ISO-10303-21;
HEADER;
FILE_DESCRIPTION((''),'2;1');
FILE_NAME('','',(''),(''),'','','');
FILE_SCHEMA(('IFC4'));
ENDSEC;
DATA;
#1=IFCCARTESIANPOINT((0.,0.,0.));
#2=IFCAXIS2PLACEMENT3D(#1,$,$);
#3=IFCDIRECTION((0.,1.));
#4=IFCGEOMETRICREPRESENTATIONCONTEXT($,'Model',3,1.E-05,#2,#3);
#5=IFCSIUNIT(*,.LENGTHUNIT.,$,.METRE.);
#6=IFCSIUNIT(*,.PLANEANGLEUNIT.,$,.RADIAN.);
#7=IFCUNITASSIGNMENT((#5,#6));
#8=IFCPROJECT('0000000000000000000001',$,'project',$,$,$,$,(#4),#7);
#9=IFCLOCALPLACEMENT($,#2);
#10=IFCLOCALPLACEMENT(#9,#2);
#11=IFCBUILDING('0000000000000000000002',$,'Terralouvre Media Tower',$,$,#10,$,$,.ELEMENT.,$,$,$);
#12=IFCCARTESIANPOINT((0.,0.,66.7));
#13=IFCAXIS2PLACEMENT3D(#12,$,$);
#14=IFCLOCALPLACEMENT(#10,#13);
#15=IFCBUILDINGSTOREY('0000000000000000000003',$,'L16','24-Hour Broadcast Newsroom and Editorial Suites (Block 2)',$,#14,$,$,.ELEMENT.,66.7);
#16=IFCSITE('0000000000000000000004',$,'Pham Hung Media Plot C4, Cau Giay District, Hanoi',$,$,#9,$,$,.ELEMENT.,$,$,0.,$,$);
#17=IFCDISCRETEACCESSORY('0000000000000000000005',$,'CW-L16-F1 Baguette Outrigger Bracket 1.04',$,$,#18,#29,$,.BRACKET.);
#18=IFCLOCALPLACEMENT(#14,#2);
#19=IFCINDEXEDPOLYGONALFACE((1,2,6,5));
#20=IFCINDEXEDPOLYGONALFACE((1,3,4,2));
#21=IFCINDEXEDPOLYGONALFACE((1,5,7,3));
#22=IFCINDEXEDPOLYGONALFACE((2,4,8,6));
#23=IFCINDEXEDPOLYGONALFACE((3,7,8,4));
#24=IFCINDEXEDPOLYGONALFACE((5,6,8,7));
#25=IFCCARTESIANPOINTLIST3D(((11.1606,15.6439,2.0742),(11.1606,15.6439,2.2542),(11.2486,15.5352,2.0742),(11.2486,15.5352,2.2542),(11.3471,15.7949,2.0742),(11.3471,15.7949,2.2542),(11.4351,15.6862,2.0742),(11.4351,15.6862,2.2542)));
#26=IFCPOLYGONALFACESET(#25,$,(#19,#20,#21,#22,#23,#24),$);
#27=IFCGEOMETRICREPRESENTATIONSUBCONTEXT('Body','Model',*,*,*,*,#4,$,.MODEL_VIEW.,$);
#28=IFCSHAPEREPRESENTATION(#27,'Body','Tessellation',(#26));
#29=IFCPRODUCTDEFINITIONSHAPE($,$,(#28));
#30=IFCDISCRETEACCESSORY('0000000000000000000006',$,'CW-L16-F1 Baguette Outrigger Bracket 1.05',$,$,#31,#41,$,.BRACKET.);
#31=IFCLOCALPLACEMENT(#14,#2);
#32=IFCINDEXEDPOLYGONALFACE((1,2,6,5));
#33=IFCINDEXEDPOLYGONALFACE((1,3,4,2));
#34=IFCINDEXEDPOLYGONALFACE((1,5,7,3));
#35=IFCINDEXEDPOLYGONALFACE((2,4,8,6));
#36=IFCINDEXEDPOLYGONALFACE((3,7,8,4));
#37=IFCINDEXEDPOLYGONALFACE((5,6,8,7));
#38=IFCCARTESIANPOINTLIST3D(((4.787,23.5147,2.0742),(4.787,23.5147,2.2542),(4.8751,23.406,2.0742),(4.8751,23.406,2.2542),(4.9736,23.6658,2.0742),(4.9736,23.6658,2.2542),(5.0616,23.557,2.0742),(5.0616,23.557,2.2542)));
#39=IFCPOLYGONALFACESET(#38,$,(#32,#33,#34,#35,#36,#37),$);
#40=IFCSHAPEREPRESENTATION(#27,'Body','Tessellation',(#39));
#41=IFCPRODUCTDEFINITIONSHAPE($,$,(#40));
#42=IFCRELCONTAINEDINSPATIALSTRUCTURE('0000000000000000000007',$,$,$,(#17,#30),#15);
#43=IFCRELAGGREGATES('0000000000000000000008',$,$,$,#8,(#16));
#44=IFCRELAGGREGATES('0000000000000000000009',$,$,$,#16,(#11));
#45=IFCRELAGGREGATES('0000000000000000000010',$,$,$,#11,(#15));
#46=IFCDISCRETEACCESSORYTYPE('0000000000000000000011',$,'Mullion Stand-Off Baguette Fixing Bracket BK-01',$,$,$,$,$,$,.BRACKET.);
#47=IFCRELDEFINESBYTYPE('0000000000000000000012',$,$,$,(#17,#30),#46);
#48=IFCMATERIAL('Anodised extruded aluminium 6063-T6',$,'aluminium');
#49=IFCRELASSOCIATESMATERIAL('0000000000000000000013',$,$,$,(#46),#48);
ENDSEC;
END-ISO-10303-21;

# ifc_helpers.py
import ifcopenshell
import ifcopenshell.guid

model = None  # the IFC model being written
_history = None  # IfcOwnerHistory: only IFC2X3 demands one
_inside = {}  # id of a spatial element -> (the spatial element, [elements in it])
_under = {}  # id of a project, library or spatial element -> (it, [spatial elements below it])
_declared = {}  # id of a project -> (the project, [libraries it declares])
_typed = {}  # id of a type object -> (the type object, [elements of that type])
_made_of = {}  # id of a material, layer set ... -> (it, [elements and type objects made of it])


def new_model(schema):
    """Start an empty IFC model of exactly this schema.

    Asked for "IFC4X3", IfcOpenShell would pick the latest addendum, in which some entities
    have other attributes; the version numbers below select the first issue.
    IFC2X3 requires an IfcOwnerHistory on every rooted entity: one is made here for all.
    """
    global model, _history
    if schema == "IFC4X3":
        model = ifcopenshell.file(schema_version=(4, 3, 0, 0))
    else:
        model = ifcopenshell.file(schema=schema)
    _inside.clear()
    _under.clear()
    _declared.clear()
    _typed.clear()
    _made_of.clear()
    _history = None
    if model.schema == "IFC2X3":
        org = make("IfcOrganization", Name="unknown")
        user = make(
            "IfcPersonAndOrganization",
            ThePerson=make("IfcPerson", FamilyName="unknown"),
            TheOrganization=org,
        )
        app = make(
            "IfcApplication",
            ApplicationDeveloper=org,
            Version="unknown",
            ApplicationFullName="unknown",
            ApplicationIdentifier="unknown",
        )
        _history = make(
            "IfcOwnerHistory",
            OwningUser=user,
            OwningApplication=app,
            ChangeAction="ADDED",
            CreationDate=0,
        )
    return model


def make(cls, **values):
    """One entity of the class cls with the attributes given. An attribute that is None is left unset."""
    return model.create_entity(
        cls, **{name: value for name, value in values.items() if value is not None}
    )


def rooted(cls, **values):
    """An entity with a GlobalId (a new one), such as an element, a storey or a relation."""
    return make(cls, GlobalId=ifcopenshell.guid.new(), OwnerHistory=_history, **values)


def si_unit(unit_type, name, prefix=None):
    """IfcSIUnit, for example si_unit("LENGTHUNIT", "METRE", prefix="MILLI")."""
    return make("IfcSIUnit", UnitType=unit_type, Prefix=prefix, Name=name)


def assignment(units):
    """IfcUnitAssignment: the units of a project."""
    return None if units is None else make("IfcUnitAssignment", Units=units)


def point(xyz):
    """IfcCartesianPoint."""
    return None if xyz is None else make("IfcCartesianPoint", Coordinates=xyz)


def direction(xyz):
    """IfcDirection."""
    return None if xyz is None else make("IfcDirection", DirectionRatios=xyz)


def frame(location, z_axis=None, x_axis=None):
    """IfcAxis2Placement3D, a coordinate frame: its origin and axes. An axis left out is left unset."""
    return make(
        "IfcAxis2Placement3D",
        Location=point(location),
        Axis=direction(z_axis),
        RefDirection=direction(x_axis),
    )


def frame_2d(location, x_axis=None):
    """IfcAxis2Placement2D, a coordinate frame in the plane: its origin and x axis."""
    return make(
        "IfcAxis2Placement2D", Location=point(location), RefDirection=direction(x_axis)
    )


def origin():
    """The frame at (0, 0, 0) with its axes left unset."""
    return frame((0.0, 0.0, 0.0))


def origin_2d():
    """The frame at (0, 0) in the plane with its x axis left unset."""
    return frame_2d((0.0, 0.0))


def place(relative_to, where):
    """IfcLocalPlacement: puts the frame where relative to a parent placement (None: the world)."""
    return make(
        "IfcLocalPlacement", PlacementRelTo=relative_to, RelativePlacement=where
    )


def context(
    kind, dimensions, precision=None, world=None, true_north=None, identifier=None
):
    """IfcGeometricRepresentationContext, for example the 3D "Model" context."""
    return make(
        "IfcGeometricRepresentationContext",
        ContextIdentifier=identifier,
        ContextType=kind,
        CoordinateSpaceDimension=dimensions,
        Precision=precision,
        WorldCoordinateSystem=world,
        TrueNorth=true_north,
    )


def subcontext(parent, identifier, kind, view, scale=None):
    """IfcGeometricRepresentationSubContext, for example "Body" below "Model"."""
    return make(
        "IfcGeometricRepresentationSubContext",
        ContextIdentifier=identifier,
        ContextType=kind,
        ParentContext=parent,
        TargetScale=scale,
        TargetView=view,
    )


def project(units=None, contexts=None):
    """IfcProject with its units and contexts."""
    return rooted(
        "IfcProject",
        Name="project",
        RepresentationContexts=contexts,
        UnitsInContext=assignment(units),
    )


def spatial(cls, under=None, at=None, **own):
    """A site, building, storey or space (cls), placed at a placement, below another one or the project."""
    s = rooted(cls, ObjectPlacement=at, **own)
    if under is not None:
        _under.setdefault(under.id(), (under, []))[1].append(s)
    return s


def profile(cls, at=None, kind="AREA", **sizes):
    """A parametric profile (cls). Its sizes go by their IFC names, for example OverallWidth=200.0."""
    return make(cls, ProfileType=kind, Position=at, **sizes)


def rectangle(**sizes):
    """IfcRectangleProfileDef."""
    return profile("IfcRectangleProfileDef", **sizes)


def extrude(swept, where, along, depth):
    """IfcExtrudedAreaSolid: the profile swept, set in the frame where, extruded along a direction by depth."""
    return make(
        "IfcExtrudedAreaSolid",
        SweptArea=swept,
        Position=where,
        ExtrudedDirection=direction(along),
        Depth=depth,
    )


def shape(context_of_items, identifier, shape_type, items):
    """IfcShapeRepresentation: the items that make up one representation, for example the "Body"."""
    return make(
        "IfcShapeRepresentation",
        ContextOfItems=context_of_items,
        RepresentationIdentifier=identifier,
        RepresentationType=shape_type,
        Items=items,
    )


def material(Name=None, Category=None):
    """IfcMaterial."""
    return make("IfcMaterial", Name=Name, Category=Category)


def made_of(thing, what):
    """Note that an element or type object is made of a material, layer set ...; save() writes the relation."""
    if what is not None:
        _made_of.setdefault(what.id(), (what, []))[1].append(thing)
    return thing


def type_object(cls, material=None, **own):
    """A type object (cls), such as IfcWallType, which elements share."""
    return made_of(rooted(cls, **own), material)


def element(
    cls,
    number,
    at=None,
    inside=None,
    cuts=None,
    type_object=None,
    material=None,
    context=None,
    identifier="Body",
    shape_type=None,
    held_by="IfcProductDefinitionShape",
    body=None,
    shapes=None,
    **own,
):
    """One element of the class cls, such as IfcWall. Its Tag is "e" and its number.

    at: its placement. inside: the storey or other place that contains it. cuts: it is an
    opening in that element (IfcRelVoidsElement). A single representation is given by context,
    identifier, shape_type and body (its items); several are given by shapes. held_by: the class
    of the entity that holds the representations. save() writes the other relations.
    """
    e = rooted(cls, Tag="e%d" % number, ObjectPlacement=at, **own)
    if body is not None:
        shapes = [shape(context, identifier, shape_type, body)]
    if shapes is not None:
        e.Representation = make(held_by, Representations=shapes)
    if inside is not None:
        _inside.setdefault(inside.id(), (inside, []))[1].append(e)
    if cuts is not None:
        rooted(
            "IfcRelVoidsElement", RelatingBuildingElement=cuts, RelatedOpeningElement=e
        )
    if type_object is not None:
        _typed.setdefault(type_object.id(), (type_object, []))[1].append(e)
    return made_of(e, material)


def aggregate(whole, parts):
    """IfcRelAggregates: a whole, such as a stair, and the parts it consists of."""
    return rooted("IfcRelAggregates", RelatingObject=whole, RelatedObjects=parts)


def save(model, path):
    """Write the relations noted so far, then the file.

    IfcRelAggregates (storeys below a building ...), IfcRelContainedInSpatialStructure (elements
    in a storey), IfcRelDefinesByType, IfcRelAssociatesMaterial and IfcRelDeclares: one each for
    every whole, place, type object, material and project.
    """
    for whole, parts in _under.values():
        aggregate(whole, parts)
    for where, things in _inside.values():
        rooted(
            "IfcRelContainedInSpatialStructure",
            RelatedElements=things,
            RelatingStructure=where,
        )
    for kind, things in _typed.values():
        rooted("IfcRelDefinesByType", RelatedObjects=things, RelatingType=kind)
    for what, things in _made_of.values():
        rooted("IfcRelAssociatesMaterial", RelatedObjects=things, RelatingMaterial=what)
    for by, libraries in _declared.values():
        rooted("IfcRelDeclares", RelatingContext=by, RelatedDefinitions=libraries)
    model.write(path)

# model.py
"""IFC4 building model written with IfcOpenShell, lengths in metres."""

from ifc_helpers import new_model, si_unit, direction, frame, origin, origin_2d, place, context, subcontext, project, spatial, rectangle, extrude, material, type_object, element, save


model = new_model("IFC4")

# Units and contexts
model_context = context("Model", 3, precision=1e-05, world=origin(), true_north=direction((0.0, 1.0)))
body_context = subcontext(model_context, "Body", "Model", "MODEL_VIEW")
ifc_project = project(units=[si_unit("LENGTHUNIT", "METRE"), si_unit("PLANEANGLEUNIT", "RADIAN")], contexts=[model_context])

# Site, building, storey
site_placement = place(None, origin())
site = spatial("IfcSite", under=ifc_project, at=site_placement, Name="Pham Hung Media Plot C4, Cau Giay District, Hanoi", CompositionType="ELEMENT", RefElevation=0.0)
building_placement = place(site_placement, origin())
building = spatial("IfcBuilding", under=site, at=building_placement, Name="Terralouvre Media Tower", CompositionType="ELEMENT")
storey_placement = place(building_placement, frame((0.0, 0.0, 66.7)))
storey = spatial("IfcBuildingStorey", under=building, at=storey_placement, Name="L16", Description="24-Hour Broadcast Newsroom and Editorial Suites (Block 2)", CompositionType="ELEMENT", Elevation=66.7)

# Discrete accessories
ifc_material_1 = material(Name="Anodised extruded aluminium 6063-T6", Category="aluminium")
discrete_accessory_type = type_object("IfcDiscreteAccessoryType", Name="Mullion Stand-Off Baguette Fixing Bracket BK-01", PredefinedType="BRACKET", material=ifc_material_1)
for number, where, z_axis, x_axis, name in (
    (1, (11.2979, 15.665, 2.0742), (0.0, 0.0, 1.0), (-0.62932, 0.777146, 0.0), "CW-L16-F1 Baguette Outrigger Bracket 1.04"),
    (2, (4.9243, 23.5359, 2.0742), (0.0, 0.0, 1.0), (-0.62932, 0.777146, 0.0), "CW-L16-F1 Baguette Outrigger Bracket 1.05"),
):
    element("IfcDiscreteAccessory", number, at=place(storey_placement, frame(where, z_axis=z_axis, x_axis=x_axis)), inside=storey, type_object=discrete_accessory_type, Name=name, PredefinedType="BRACKET", context=body_context, shape_type="SweptSolid", body=[
        extrude(rectangle(XDim=0.1399, YDim=0.24, at=origin_2d()), origin(), (0.0, 0.0, 1.0), 0.1799),
    ])

save(model, "model.ifc")
